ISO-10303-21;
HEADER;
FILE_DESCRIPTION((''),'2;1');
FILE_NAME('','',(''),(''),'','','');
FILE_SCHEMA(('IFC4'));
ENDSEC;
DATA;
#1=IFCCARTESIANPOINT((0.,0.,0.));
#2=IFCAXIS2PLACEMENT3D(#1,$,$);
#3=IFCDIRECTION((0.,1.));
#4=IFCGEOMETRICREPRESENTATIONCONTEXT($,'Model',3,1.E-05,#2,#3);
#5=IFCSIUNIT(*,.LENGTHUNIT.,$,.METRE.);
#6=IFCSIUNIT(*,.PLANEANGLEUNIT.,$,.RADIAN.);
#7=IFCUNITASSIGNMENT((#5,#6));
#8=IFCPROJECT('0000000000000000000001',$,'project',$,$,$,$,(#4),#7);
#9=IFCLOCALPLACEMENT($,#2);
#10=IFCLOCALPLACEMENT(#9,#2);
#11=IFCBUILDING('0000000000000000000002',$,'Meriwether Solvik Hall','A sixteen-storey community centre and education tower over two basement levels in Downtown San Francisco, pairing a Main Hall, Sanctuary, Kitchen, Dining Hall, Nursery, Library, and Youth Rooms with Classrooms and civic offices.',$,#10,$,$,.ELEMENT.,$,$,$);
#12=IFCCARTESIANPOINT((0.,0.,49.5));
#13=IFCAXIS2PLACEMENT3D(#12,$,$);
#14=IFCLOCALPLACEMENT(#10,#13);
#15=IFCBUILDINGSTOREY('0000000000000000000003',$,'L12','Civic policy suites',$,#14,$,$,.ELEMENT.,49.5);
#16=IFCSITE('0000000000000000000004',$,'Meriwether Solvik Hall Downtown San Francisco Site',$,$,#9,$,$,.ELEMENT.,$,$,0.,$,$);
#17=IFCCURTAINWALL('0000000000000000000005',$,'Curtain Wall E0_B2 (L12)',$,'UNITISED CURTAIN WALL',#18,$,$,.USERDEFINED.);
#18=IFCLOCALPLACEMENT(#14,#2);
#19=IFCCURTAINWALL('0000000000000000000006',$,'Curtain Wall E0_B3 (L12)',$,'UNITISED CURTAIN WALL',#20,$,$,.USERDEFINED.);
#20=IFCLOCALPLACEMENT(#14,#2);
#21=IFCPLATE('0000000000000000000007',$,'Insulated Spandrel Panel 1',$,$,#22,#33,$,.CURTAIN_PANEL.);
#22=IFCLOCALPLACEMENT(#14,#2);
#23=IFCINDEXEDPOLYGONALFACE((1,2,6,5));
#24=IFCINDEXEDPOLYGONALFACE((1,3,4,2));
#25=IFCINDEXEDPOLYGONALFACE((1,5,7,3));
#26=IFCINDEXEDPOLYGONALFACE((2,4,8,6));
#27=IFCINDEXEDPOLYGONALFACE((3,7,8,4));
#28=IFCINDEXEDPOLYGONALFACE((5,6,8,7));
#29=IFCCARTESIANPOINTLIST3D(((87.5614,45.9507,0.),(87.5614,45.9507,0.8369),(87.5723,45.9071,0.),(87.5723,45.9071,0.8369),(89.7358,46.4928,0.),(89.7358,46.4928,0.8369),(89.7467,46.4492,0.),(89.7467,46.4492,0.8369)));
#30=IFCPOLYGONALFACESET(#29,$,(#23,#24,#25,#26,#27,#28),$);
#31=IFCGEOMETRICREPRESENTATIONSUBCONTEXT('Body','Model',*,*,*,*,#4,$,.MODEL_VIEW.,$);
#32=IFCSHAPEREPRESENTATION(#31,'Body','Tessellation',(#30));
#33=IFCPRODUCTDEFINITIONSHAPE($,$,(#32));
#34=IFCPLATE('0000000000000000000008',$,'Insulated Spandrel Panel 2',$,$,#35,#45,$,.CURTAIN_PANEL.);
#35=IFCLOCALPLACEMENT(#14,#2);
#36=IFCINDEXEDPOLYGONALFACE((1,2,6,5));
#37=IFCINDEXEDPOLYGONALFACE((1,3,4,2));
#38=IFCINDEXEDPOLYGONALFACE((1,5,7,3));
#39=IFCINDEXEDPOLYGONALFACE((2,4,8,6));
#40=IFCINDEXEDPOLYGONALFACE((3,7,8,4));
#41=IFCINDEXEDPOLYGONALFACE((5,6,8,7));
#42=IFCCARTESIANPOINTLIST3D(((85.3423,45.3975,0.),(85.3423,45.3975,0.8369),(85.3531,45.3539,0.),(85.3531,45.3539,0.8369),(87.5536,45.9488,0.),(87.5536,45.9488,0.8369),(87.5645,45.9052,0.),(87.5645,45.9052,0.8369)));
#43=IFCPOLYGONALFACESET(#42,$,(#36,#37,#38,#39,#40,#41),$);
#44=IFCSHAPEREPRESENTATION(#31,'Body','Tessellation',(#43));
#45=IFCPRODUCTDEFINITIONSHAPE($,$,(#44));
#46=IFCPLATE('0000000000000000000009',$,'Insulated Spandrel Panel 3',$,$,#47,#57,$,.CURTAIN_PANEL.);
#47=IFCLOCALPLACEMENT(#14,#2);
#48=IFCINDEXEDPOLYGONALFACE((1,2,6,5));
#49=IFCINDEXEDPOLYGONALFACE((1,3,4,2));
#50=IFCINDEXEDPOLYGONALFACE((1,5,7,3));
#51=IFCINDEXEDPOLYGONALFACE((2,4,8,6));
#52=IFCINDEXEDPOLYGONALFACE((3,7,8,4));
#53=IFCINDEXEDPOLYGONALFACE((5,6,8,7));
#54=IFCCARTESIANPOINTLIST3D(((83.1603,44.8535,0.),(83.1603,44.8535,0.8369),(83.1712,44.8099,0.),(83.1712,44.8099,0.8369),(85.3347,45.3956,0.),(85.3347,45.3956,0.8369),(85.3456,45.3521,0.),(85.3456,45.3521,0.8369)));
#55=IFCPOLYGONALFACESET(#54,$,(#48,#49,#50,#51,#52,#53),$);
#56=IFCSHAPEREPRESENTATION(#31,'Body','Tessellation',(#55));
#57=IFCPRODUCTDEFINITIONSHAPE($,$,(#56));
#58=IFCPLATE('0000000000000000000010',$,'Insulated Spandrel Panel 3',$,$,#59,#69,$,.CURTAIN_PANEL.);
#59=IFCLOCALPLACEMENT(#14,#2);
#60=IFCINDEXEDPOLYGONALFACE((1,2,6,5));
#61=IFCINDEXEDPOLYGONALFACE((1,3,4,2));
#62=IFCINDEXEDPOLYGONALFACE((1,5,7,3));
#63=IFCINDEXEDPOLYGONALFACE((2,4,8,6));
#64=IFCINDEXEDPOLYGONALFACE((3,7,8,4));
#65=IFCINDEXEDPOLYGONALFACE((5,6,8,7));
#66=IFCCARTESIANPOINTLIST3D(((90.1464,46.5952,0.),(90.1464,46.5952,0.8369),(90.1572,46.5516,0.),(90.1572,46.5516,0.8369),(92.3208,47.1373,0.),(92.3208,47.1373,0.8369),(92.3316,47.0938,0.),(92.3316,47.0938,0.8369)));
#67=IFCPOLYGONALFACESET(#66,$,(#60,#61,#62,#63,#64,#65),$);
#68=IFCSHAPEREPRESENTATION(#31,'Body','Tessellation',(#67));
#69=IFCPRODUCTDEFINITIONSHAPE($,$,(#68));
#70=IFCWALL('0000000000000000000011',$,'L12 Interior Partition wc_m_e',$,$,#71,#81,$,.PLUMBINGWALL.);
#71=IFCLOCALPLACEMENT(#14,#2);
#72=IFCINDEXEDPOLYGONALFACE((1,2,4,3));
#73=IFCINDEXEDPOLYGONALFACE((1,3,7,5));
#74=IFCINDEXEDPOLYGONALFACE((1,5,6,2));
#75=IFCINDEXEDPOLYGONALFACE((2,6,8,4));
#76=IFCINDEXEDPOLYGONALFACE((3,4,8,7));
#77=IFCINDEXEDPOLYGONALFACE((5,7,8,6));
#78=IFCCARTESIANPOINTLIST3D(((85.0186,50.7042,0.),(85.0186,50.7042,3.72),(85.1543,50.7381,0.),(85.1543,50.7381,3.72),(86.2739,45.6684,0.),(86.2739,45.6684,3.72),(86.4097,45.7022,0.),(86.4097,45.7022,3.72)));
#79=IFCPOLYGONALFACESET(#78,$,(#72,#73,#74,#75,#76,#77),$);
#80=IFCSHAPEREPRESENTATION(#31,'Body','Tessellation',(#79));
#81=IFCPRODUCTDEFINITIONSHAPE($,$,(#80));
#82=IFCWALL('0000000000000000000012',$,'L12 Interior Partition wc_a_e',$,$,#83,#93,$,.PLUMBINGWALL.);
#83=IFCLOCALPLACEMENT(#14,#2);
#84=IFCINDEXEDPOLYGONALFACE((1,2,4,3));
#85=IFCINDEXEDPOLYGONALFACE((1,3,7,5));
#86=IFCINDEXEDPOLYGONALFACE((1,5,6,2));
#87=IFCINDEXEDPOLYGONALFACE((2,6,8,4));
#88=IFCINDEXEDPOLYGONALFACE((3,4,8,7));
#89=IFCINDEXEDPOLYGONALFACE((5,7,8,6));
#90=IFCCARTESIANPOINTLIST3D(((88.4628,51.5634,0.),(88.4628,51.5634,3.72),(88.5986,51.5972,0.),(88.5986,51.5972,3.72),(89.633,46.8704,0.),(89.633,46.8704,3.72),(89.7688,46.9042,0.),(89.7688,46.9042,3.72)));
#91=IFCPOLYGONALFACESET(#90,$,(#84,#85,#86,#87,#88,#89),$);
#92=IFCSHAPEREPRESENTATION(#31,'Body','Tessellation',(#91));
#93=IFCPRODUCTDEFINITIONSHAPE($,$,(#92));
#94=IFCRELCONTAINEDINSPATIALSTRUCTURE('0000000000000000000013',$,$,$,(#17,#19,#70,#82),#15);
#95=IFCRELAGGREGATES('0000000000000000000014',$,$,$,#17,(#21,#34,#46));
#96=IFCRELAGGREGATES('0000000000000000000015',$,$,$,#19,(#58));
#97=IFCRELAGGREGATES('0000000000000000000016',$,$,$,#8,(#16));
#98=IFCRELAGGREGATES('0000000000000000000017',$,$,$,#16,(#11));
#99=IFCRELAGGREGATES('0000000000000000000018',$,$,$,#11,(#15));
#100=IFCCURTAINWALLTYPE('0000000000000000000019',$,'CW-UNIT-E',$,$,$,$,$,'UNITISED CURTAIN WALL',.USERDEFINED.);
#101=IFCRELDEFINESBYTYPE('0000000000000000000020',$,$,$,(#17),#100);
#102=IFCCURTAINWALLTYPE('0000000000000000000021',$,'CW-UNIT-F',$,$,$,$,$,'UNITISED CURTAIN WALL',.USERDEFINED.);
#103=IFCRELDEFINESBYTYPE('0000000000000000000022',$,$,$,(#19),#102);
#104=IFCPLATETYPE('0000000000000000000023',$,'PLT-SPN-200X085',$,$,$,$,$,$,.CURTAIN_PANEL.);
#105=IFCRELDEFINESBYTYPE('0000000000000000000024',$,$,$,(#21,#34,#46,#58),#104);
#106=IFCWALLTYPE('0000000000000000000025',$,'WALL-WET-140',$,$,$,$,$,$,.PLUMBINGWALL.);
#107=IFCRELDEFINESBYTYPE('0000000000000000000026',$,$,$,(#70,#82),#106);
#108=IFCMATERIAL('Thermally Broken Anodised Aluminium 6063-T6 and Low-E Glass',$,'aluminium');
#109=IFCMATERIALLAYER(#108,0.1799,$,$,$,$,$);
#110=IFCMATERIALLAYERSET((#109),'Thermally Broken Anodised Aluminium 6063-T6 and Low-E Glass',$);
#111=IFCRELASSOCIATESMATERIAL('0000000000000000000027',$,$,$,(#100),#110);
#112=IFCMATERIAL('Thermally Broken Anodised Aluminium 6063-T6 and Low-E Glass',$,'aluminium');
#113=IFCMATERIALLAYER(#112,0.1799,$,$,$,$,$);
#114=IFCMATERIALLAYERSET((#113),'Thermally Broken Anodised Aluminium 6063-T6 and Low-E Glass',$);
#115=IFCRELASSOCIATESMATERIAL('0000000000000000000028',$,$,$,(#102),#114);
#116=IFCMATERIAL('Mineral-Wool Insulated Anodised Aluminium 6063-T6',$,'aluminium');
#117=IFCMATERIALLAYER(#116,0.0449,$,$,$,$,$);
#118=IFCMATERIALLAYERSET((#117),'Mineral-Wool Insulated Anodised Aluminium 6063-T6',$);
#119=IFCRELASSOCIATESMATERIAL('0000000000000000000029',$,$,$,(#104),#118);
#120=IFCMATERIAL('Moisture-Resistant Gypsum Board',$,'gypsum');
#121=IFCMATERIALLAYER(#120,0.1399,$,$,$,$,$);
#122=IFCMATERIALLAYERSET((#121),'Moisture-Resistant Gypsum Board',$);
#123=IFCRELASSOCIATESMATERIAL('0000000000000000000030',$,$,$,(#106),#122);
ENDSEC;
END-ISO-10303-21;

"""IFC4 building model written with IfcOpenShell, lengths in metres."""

from ifc_helpers import new_model, si_unit, direction, frame, frame_2d, origin, origin_2d, place, context, subcontext, project, spatial, rectangle, extrude, material, layer, layer_set, type_object, element, aggregate, save


model = new_model("IFC4")

# Units and contexts
model_context = context("Model", 3, precision=1e-05, world=origin(), true_north=direction((0.0, 1.0)))
body_context = subcontext(model_context, "Body", "Model", "MODEL_VIEW")
ifc_project = project(units=[si_unit("LENGTHUNIT", "METRE"), si_unit("PLANEANGLEUNIT", "RADIAN")], contexts=[model_context])

# Site, building, storey
site_placement = place(None, origin())
site = spatial("IfcSite", under=ifc_project, at=site_placement, Name="Meriwether Solvik Hall Downtown San Francisco Site", CompositionType="ELEMENT", RefElevation=0.0)
building_placement = place(site_placement, origin())
building = spatial("IfcBuilding", under=site, at=building_placement, Name="Meriwether Solvik Hall", Description="A sixteen-storey community centre and education tower over two basement levels in Downtown San Francisco, pairing a Main Hall, Sanctuary, Kitchen, Dining Hall, Nursery, Library, and Youth Rooms with Classrooms and civic offices.", CompositionType="ELEMENT")
storey_placement = place(building_placement, frame((0.0, 0.0, 49.5)))
storey = spatial("IfcBuildingStorey", under=building, at=storey_placement, Name="L12", Description="Civic policy suites", CompositionType="ELEMENT", Elevation=49.5)

# Curtain walls
ifc_material_1 = material(Name="Thermally Broken Anodised Aluminium 6063-T6 and Low-E Glass", Category="aluminium")
ifc_layer_1 = layer(ifc_material_1, 0.1799)
ifc_layer_set_1 = layer_set([ifc_layer_1], Name="Thermally Broken Anodised Aluminium 6063-T6 and Low-E Glass")
curtain_wall_type_1 = type_object("IfcCurtainWallType", Name="CW-UNIT-E", ElementType="UNITISED CURTAIN WALL", PredefinedType="USERDEFINED", material=ifc_layer_set_1)
curtain_wall_1_placement = place(storey_placement, origin())
curtain_wall_1 = element("IfcCurtainWall", 1, at=curtain_wall_1_placement, inside=storey, type_object=curtain_wall_type_1, Name="Curtain Wall E0_B2 (L12)", ObjectType="UNITISED CURTAIN WALL", PredefinedType="USERDEFINED")
ifc_material_2 = material(Name="Thermally Broken Anodised Aluminium 6063-T6 and Low-E Glass", Category="aluminium")
ifc_layer_2 = layer(ifc_material_2, 0.1799)
ifc_layer_set_2 = layer_set([ifc_layer_2], Name="Thermally Broken Anodised Aluminium 6063-T6 and Low-E Glass")
curtain_wall_type_2 = type_object("IfcCurtainWallType", Name="CW-UNIT-F", ElementType="UNITISED CURTAIN WALL", PredefinedType="USERDEFINED", material=ifc_layer_set_2)
curtain_wall_2_placement = place(storey_placement, origin())
curtain_wall_2 = element("IfcCurtainWall", 2, at=curtain_wall_2_placement, inside=storey, type_object=curtain_wall_type_2, Name="Curtain Wall E0_B3 (L12)", ObjectType="UNITISED CURTAIN WALL", PredefinedType="USERDEFINED")

# Plates
ifc_material_3 = material(Name="Mineral-Wool Insulated Anodised Aluminium 6063-T6", Category="aluminium")
ifc_layer_3 = layer(ifc_material_3, 0.0449)
ifc_layer_set_3 = layer_set([ifc_layer_3], Name="Mineral-Wool Insulated Anodised Aluminium 6063-T6")
plate_type_1 = type_object("IfcPlateType", Name="PLT-SPN-200X085", PredefinedType="CURTAIN_PANEL", material=ifc_layer_set_3)
plate_1_placement = place(storey_placement, frame((88.6541, 46.2, 0.0), z_axis=(0.0, 0.0, 1.0), x_axis=(-0.970296, -0.241922, 0.0)))
plate_1 = element("IfcPlate", 3, at=plate_1_placement, type_object=plate_type_1, Name="Insulated Spandrel Panel 1", PredefinedType="CURTAIN_PANEL", context=body_context, shape_type="SweptSolid", body=[
    extrude(rectangle(XDim=2.241, YDim=0.0449, at=origin_2d()), origin(), (0.0, 0.0, 1.0), 0.8369),
])
plate_2_placement = place(storey_placement, frame((86.4534, 45.6514, 0.0), z_axis=(0.0, 0.0, 1.0), x_axis=(-0.970296, -0.241922, 0.0)))
plate_2 = element("IfcPlate", 4, at=plate_2_placement, type_object=plate_type_1, Name="Insulated Spandrel Panel 2", PredefinedType="CURTAIN_PANEL", context=body_context, shape_type="SweptSolid", body=[
    extrude(rectangle(XDim=2.2791, YDim=0.0449, at=origin_2d()), origin(), (0.0, 0.0, 1.0), 0.8369),
])
plate_3_placement = place(storey_placement, frame((84.2529, 45.1028, 0.0), z_axis=(0.0, 0.0, 1.0), x_axis=(-0.970296, -0.241922, 0.0)))
plate_3 = element("IfcPlate", 5, at=plate_3_placement, type_object=plate_type_1, Name="Insulated Spandrel Panel 3", PredefinedType="CURTAIN_PANEL", context=body_context, shape_type="SweptSolid", body=[
    extrude(rectangle(XDim=2.241, YDim=0.0449, at=origin_2d()), origin(), (0.0, 0.0, 1.0), 0.8369),
])
aggregate(curtain_wall_1, [plate_1, plate_2, plate_3])
plate_4_placement = place(storey_placement, frame((91.239, 46.8445, 0.0), z_axis=(0.0, 0.0, 1.0), x_axis=(-0.970296, -0.241922, 0.0)))
plate_4 = element("IfcPlate", 6, at=plate_4_placement, type_object=plate_type_1, Name="Insulated Spandrel Panel 3", PredefinedType="CURTAIN_PANEL", context=body_context, shape_type="SweptSolid", body=[
    extrude(rectangle(XDim=2.241, YDim=0.0449, at=origin_2d()), origin(), (0.0, 0.0, 1.0), 0.8369),
])
aggregate(curtain_wall_2, [plate_4])

# Walls
ifc_material_4 = material(Name="Moisture-Resistant Gypsum Board", Category="gypsum")
ifc_layer_4 = layer(ifc_material_4, 0.1399)
ifc_layer_set_4 = layer_set([ifc_layer_4], Name="Moisture-Resistant Gypsum Board")
wall_type = type_object("IfcWallType", Name="WALL-WET-140", PredefinedType="PLUMBINGWALL", material=ifc_layer_set_4)
wall_1_placement = place(storey_placement, frame((86.3418, 45.6853, 0.0), z_axis=(0.0, 0.0, 1.0), x_axis=(-0.241883, 0.970306, 0.0)))
element("IfcWall", 7, at=wall_1_placement, inside=storey, type_object=wall_type, Name="L12 Interior Partition wc_m_e", PredefinedType="PLUMBINGWALL", context=body_context, shape_type="SweptSolid", body=[
    extrude(rectangle(XDim=5.1899, YDim=0.1399, at=frame_2d((2.595, 0.0))), origin(), (0.0, 0.0, 1.0), 3.72),
])
wall_2_placement = place(storey_placement, frame((89.7009, 46.8872, 0.0), z_axis=(0.0, 0.0, 1.0), x_axis=(-0.241942, 0.970291, 0.0)))
element("IfcWall", 8, at=wall_2_placement, inside=storey, type_object=wall_type, Name="L12 Interior Partition wc_a_e", PredefinedType="PLUMBINGWALL", context=body_context, shape_type="SweptSolid", body=[
    extrude(rectangle(XDim=4.8367, YDim=0.1399, at=frame_2d((2.4185, 0.0))), origin(), (0.0, 0.0, 1.0), 3.72),
])

save(model, "model.ifc")
